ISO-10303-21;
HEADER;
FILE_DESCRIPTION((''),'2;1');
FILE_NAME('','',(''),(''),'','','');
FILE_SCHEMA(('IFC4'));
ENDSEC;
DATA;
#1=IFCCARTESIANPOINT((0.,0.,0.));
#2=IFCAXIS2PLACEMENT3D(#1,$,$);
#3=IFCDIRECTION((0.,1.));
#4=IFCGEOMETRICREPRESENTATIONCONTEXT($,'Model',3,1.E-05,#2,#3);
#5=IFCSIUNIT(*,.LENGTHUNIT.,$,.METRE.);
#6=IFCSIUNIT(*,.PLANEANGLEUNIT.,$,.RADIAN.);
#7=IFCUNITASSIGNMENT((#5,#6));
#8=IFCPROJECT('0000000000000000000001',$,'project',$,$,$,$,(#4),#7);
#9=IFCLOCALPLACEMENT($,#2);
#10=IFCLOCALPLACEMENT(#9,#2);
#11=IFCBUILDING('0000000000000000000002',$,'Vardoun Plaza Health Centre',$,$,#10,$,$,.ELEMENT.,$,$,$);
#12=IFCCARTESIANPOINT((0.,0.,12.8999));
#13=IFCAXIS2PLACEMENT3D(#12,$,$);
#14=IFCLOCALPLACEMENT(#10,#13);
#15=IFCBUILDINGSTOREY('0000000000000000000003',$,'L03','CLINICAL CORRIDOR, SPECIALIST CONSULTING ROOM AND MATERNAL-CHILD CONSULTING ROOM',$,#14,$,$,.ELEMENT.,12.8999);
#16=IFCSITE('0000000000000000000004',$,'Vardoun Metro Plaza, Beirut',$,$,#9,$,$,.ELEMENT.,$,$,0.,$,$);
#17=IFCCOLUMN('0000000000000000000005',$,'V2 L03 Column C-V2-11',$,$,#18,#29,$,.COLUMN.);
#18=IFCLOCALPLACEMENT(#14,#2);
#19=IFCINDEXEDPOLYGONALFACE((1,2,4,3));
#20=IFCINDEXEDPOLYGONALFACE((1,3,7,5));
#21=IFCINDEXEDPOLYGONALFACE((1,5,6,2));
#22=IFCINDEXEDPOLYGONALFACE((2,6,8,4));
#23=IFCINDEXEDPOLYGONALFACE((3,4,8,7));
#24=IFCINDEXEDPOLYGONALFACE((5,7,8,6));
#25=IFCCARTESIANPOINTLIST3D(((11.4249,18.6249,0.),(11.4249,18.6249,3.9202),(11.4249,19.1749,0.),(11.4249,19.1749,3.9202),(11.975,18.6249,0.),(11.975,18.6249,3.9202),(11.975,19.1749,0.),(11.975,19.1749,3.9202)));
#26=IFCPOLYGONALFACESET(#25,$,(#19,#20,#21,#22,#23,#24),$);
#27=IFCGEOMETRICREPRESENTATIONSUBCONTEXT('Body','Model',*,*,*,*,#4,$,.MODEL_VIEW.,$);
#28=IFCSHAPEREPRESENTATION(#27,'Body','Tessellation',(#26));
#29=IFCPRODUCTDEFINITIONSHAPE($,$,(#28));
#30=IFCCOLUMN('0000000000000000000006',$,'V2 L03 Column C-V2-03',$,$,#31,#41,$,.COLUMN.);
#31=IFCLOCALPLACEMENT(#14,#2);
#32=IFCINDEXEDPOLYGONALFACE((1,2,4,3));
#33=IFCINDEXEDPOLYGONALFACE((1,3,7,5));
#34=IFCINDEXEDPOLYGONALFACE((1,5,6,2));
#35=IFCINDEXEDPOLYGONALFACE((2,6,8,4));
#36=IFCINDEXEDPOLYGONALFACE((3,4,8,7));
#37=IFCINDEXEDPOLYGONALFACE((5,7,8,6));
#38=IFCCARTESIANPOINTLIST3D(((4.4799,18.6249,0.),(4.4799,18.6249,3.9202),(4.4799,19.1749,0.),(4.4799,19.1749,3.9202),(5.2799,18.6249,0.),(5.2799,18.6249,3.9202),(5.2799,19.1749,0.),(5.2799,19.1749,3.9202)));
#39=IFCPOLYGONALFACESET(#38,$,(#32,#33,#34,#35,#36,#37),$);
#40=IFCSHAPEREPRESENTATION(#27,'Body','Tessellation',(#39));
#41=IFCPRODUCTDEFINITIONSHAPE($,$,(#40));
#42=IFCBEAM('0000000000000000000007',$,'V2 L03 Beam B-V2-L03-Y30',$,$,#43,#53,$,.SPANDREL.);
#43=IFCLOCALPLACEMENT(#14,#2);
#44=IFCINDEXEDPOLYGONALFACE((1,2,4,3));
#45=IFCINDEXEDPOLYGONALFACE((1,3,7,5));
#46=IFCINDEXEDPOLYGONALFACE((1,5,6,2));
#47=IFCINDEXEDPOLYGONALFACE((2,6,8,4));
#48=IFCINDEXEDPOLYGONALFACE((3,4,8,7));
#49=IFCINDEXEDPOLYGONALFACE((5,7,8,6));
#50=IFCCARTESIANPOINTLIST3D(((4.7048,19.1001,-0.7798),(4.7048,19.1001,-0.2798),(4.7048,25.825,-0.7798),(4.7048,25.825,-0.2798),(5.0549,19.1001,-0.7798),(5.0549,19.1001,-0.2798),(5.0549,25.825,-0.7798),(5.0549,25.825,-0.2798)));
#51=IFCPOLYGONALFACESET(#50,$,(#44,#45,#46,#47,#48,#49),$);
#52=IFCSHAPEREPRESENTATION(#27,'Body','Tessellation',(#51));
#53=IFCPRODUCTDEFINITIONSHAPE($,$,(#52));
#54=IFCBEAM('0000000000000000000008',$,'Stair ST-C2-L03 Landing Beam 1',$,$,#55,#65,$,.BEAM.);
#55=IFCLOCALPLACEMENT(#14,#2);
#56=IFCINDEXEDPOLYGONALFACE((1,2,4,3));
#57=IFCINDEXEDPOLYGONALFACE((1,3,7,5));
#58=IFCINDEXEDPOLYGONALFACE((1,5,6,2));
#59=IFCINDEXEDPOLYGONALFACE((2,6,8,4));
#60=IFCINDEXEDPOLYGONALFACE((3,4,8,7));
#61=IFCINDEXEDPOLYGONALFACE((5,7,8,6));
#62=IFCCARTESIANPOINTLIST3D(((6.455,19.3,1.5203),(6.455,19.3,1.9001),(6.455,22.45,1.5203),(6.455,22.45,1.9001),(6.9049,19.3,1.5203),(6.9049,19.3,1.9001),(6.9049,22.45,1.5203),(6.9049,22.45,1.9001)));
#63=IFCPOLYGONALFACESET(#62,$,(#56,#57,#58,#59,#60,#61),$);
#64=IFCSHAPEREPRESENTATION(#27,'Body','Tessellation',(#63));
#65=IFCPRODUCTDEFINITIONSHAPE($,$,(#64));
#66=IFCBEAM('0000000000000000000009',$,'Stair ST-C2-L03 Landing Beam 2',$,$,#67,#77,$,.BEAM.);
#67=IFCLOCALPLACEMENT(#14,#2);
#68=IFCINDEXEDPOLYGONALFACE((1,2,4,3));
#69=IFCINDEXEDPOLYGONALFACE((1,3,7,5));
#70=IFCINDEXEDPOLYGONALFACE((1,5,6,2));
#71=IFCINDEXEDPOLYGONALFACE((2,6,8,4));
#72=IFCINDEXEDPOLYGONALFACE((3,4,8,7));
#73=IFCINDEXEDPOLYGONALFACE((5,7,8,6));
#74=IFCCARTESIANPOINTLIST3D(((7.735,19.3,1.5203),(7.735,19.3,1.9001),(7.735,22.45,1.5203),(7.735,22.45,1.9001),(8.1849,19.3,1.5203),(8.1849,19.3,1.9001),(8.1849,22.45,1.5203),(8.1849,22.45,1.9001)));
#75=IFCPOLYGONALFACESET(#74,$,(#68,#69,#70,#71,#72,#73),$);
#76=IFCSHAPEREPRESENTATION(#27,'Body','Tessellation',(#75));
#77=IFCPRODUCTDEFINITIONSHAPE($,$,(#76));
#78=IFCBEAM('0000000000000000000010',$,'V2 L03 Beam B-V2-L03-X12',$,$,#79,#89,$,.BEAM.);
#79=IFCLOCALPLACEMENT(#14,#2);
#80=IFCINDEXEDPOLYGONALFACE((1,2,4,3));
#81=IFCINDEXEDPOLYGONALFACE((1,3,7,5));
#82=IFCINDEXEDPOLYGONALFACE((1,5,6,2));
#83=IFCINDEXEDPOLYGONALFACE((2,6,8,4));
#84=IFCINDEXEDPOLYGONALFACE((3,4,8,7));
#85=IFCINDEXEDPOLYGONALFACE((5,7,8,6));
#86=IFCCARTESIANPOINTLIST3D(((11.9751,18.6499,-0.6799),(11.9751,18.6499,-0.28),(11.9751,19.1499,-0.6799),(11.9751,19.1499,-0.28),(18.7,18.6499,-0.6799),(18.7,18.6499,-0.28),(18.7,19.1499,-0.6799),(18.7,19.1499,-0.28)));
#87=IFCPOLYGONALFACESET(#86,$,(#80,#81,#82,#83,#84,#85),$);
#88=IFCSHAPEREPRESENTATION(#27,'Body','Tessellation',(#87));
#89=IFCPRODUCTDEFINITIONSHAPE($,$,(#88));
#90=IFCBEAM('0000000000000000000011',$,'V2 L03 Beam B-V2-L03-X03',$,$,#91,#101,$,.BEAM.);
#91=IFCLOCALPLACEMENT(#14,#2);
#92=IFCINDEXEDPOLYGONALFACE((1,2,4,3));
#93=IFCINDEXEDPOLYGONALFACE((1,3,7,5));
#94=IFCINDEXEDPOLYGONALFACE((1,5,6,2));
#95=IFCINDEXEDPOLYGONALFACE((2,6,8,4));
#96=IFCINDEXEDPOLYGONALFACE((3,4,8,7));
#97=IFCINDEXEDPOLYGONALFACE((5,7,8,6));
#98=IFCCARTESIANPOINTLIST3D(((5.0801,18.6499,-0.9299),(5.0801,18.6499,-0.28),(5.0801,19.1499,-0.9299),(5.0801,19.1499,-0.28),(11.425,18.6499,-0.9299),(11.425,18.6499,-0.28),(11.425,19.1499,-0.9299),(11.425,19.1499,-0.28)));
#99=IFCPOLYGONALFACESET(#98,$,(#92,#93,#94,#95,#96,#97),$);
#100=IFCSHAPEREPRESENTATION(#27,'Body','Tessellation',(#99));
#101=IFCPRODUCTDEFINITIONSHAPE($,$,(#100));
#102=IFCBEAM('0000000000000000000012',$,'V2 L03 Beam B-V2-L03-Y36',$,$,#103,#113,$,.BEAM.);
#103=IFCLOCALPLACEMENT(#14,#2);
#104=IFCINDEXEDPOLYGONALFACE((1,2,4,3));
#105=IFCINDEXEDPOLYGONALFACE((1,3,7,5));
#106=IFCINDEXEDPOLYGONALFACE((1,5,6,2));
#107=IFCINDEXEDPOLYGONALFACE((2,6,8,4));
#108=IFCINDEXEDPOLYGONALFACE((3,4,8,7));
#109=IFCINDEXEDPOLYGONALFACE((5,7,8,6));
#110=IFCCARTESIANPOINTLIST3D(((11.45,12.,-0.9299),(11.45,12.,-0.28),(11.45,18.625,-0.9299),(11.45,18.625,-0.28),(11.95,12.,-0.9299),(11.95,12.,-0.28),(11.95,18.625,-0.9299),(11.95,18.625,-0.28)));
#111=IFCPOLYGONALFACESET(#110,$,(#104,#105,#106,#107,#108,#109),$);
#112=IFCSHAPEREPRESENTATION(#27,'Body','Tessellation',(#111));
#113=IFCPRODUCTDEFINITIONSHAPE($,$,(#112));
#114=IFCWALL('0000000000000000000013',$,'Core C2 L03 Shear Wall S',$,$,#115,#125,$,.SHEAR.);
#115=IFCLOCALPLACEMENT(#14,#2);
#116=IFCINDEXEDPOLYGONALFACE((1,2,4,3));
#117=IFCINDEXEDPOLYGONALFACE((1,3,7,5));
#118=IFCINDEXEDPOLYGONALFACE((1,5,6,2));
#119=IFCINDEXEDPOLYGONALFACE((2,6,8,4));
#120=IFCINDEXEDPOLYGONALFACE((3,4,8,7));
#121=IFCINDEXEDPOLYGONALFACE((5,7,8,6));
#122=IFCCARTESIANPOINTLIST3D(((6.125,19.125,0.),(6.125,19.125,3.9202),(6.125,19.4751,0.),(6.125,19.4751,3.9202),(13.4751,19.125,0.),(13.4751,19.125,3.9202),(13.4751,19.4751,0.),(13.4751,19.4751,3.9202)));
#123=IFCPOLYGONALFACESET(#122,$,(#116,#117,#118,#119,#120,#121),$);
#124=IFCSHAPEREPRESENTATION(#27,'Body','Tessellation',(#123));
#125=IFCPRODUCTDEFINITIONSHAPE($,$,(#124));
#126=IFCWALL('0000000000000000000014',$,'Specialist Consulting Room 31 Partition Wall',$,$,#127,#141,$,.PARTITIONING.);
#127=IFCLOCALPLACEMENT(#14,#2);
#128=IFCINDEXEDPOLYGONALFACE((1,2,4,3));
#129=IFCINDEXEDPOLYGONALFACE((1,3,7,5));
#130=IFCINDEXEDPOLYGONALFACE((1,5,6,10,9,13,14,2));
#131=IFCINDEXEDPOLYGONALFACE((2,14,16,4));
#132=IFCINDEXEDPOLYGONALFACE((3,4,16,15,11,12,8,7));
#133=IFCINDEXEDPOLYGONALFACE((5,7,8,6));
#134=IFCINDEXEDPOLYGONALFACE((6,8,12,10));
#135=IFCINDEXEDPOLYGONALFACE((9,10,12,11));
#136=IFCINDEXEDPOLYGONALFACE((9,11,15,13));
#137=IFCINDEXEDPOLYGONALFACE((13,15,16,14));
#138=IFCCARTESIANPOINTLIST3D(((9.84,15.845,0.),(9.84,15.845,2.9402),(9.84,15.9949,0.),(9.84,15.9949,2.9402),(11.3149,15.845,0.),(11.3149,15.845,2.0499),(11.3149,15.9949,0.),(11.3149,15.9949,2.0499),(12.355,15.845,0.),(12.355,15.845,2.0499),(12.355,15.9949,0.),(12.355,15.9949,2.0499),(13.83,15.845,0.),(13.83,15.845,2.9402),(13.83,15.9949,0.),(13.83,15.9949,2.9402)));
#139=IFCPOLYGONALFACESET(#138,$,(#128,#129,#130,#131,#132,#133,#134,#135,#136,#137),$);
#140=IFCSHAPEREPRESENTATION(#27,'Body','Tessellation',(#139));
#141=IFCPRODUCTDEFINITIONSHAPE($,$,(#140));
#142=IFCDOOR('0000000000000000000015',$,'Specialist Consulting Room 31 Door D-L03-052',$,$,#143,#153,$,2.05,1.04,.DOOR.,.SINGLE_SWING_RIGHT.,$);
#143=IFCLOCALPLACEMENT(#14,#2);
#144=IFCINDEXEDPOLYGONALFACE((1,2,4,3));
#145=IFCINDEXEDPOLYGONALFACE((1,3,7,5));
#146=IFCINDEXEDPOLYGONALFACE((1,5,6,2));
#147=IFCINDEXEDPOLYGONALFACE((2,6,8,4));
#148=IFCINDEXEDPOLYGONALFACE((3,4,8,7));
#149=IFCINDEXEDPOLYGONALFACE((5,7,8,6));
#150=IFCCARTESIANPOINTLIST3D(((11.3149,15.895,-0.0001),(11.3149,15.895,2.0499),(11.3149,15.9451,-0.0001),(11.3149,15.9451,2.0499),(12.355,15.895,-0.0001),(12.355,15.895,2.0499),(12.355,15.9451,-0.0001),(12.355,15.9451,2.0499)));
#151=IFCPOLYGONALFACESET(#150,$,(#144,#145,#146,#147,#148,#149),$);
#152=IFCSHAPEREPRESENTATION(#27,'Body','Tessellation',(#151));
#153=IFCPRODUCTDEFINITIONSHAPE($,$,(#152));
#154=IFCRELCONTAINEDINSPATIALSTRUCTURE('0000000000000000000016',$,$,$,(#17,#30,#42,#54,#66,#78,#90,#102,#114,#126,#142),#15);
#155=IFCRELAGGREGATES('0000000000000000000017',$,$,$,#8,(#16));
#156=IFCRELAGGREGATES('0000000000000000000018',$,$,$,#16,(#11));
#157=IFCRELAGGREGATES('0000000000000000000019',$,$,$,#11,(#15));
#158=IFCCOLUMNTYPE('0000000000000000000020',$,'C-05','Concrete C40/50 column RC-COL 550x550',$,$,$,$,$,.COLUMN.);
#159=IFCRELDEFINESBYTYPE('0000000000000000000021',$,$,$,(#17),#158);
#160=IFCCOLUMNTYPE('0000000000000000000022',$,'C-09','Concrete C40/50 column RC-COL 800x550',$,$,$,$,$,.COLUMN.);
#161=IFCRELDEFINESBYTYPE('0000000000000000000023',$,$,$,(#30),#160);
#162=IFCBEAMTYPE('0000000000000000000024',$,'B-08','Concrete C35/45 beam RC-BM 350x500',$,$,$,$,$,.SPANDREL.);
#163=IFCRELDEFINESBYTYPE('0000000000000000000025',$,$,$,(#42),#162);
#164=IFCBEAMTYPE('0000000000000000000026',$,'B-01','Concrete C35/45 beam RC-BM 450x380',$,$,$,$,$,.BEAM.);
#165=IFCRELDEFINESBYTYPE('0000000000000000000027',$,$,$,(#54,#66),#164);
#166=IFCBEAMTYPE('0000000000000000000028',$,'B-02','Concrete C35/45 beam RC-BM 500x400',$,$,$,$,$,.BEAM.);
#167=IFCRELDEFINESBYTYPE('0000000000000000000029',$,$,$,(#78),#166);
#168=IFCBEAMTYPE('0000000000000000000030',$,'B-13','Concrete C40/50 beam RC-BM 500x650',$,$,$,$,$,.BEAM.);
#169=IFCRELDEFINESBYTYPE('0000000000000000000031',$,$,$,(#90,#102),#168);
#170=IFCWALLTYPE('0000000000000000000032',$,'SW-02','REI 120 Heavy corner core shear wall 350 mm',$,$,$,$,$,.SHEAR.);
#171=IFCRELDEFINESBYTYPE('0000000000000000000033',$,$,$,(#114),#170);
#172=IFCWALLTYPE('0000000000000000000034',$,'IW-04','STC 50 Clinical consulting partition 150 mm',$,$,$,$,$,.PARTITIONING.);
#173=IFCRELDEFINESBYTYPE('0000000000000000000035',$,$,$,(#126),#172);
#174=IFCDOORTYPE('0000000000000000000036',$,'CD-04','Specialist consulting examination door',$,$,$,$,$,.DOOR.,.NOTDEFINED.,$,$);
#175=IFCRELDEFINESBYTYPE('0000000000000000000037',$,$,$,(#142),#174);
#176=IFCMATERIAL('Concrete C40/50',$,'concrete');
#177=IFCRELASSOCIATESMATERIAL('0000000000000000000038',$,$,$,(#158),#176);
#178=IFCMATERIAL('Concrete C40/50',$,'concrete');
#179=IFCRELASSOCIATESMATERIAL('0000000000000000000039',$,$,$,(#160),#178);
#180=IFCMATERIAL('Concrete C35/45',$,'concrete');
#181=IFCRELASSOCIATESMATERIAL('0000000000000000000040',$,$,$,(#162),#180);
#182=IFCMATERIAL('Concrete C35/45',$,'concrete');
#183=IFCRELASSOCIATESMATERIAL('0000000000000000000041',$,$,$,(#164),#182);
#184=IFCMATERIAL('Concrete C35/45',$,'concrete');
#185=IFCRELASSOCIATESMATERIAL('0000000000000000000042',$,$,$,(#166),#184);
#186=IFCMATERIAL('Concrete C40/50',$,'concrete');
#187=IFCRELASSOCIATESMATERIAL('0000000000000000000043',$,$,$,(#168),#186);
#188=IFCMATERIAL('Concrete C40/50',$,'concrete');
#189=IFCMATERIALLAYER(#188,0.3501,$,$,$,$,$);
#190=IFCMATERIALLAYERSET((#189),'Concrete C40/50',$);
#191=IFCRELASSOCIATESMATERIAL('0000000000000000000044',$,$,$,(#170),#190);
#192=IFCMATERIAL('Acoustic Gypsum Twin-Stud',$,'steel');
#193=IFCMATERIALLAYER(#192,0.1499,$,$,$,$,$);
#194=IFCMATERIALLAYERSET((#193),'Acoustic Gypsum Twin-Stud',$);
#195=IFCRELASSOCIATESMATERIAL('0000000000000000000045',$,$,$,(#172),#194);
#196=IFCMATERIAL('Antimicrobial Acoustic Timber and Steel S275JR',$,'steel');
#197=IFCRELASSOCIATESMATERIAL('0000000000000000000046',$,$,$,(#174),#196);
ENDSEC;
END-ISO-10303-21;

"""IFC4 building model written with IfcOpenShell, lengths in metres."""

from ifc_helpers import new_model, si_unit, direction, frame, frame_2d, origin, origin_2d, place, context, subcontext, project, spatial, rectangle, extrude, material, layer, layer_set, material_profile, profile_set, type_object, element, fill, save


model = new_model("IFC4")

# Units and contexts
model_context = context("Model", 3, precision=1e-05, world=origin(), true_north=direction((0.0, 1.0)))
body_context = subcontext(model_context, "Body", "Model", "MODEL_VIEW")
ifc_project = project(units=[si_unit("LENGTHUNIT", "METRE"), si_unit("PLANEANGLEUNIT", "RADIAN")], contexts=[model_context])

# Site, building, storey
site_placement = place(None, origin())
site = spatial("IfcSite", under=ifc_project, at=site_placement, Name="Vardoun Metro Plaza, Beirut", CompositionType="ELEMENT", RefElevation=0.0)
building_placement = place(site_placement, origin())
building = spatial("IfcBuilding", under=site, at=building_placement, Name="Vardoun Plaza Health Centre", CompositionType="ELEMENT")
storey_placement = place(building_placement, frame((0.0, 0.0, 12.8999)))
storey = spatial("IfcBuildingStorey", under=building, at=storey_placement, Name="L03", Description="CLINICAL CORRIDOR, SPECIALIST CONSULTING ROOM AND MATERNAL-CHILD CONSULTING ROOM", CompositionType="ELEMENT", Elevation=12.8999)

# Columns
ifc_material_1 = material(Name="Concrete C40/50", Category="concrete")
ifc_material_profile_1 = material_profile(ifc_material_1, rectangle(XDim=0.55, YDim=0.55, at=origin_2d()), Name="RC-COL 550x550")
ifc_profile_set_1 = profile_set([ifc_material_profile_1], Name="Concrete C40/50")
column_type_1 = type_object("IfcColumnType", Name="C-05", Description="Concrete C40/50 column RC-COL 550x550", PredefinedType="COLUMN", material=ifc_profile_set_1)
column_1_placement = place(storey_placement, frame((11.7, 18.8999, 0.0), z_axis=(0.0, 0.0, 1.0), x_axis=(1.0, 0.0, 0.0)))
element("IfcColumn", 1, at=column_1_placement, inside=storey, type_object=column_type_1, Name="V2 L03 Column C-V2-11", PredefinedType="COLUMN", context=body_context, shape_type="SweptSolid", body=[
    extrude(rectangle(XDim=0.55, YDim=0.55, at=origin_2d()), origin(), (0.0, 0.0, 1.0), 3.9202),
])
ifc_material_2 = material(Name="Concrete C40/50", Category="concrete")
ifc_material_profile_2 = material_profile(ifc_material_2, rectangle(XDim=0.8, YDim=0.55, at=origin_2d()), Name="RC-COL 800x550")
ifc_profile_set_2 = profile_set([ifc_material_profile_2], Name="Concrete C40/50")
column_type_2 = type_object("IfcColumnType", Name="C-09", Description="Concrete C40/50 column RC-COL 800x550", PredefinedType="COLUMN", material=ifc_profile_set_2)
column_2_placement = place(storey_placement, frame((4.8799, 18.8999, 0.0), z_axis=(0.0, 0.0, 1.0), x_axis=(1.0, 0.0, 0.0)))
element("IfcColumn", 2, at=column_2_placement, inside=storey, type_object=column_type_2, Name="V2 L03 Column C-V2-03", PredefinedType="COLUMN", context=body_context, shape_type="SweptSolid", body=[
    extrude(rectangle(XDim=0.8, YDim=0.55, at=origin_2d()), origin(), (0.0, 0.0, 1.0), 3.9202),
])

# Beams
ifc_material_3 = material(Name="Concrete C35/45", Category="concrete")
ifc_material_profile_3 = material_profile(ifc_material_3, rectangle(XDim=0.3501, YDim=0.5, at=origin_2d()), Name="RC-BM 350x500")
ifc_profile_set_3 = profile_set([ifc_material_profile_3], Name="Concrete C35/45")
beam_type_1 = type_object("IfcBeamType", Name="B-08", Description="Concrete C35/45 beam RC-BM 350x500", PredefinedType="SPANDREL", material=ifc_profile_set_3)
beam_1_placement = place(storey_placement, frame((4.8799, 19.1001, -0.5298), z_axis=(0.0, 1.0, 0.0), x_axis=(-1.0, 0.0, 0.0)))
element("IfcBeam", 3, at=beam_1_placement, inside=storey, type_object=beam_type_1, Name="V2 L03 Beam B-V2-L03-Y30", PredefinedType="SPANDREL", context=body_context, shape_type="SweptSolid", body=[
    extrude(rectangle(XDim=0.3501, YDim=0.5, at=origin_2d()), origin(), (0.0, 0.0, 1.0), 6.7249),
])
ifc_material_4 = material(Name="Concrete C35/45", Category="concrete")
ifc_material_profile_4 = material_profile(ifc_material_4, rectangle(XDim=0.45, YDim=0.3799, at=origin_2d()), Name="RC-BM 450x380")
ifc_profile_set_4 = profile_set([ifc_material_profile_4], Name="Concrete C35/45")
beam_type_2 = type_object("IfcBeamType", Name="B-01", Description="Concrete C35/45 beam RC-BM 450x380", PredefinedType="BEAM", material=ifc_profile_set_4)
for number, where, z_axis, x_axis, name in (
    (4, (6.6799, 19.3, 1.7102), (0.0, 1.0, 0.0), (-1.0, 0.0, 0.0), "Stair ST-C2-L03 Landing Beam 1"),
    (5, (7.96, 19.3, 1.7102), (0.0, 1.0, 0.0), (-1.0, 0.0, 0.0), "Stair ST-C2-L03 Landing Beam 2"),
):
    element("IfcBeam", number, at=place(storey_placement, frame(where, z_axis=z_axis, x_axis=x_axis)), inside=storey, type_object=beam_type_2, Name=name, PredefinedType="BEAM", context=body_context, shape_type="SweptSolid", body=[
        extrude(rectangle(XDim=0.45, YDim=0.3799, at=origin_2d()), origin(), (0.0, 0.0, 1.0), 3.1499),
    ])
ifc_material_5 = material(Name="Concrete C35/45", Category="concrete")
ifc_material_profile_5 = material_profile(ifc_material_5, rectangle(XDim=0.5, YDim=0.3999, at=origin_2d()), Name="RC-BM 500x400")
ifc_profile_set_5 = profile_set([ifc_material_profile_5], Name="Concrete C35/45")
beam_type_3 = type_object("IfcBeamType", Name="B-02", Description="Concrete C35/45 beam RC-BM 500x400", PredefinedType="BEAM", material=ifc_profile_set_5)
beam_2_placement = place(storey_placement, frame((11.9751, 18.8999, -0.48), z_axis=(1.0, 0.0, 0.0), x_axis=(0.0, 1.0, 0.0)))
element("IfcBeam", 6, at=beam_2_placement, inside=storey, type_object=beam_type_3, Name="V2 L03 Beam B-V2-L03-X12", PredefinedType="BEAM", context=body_context, shape_type="SweptSolid", body=[
    extrude(rectangle(XDim=0.5, YDim=0.3999, at=origin_2d()), origin(), (0.0, 0.0, 1.0), 6.7249),
])
ifc_material_6 = material(Name="Concrete C40/50", Category="concrete")
ifc_material_profile_6 = material_profile(ifc_material_6, rectangle(XDim=0.5, YDim=0.6499, at=origin_2d()), Name="RC-BM 500x650")
ifc_profile_set_6 = profile_set([ifc_material_profile_6], Name="Concrete C40/50")
beam_type_4 = type_object("IfcBeamType", Name="B-13", Description="Concrete C40/50 beam RC-BM 500x650", PredefinedType="BEAM", material=ifc_profile_set_6)
beam_3_placement = place(storey_placement, frame((5.0801, 18.8999, -0.605), z_axis=(1.0, 0.0, 0.0), x_axis=(0.0, 1.0, 0.0)))
element("IfcBeam", 7, at=beam_3_placement, inside=storey, type_object=beam_type_4, Name="V2 L03 Beam B-V2-L03-X03", PredefinedType="BEAM", context=body_context, shape_type="SweptSolid", body=[
    extrude(rectangle(XDim=0.5, YDim=0.6499, at=origin_2d()), origin(), (0.0, 0.0, 1.0), 6.345),
])
beam_4_placement = place(storey_placement, frame((11.7, 12.0, -0.605), z_axis=(0.0, 1.0, 0.0), x_axis=(-1.0, 0.0, 0.0)))
element("IfcBeam", 8, at=beam_4_placement, inside=storey, type_object=beam_type_4, Name="V2 L03 Beam B-V2-L03-Y36", PredefinedType="BEAM", context=body_context, shape_type="SweptSolid", body=[
    extrude(rectangle(XDim=0.5, YDim=0.6499, at=origin_2d()), origin(), (0.0, 0.0, 1.0), 6.625),
])

# Wall
ifc_material_7 = material(Name="Concrete C40/50", Category="concrete")
ifc_layer_1 = layer(ifc_material_7, 0.3501)
ifc_layer_set_1 = layer_set([ifc_layer_1], Name="Concrete C40/50")
wall_type_1 = type_object("IfcWallType", Name="SW-02", Description="REI 120 Heavy corner core shear wall 350 mm", PredefinedType="SHEAR", material=ifc_layer_set_1)
wall_1_placement = place(storey_placement, frame((13.4751, 19.3, 0.0), z_axis=(0.0, 0.0, 1.0), x_axis=(-1.0, 0.0, 0.0)))
element("IfcWall", 9, at=wall_1_placement, inside=storey, type_object=wall_type_1, Name="Core C2 L03 Shear Wall S", PredefinedType="SHEAR", context=body_context, shape_type="SweptSolid", body=[
    extrude(rectangle(XDim=7.3501, YDim=0.3501, at=frame_2d((3.675, 0.0))), origin(), (0.0, 0.0, 1.0), 3.9202),
])

# Wall, opening, door
ifc_material_8 = material(Name="Acoustic Gypsum Twin-Stud", Category="steel")
ifc_layer_2 = layer(ifc_material_8, 0.1499)
ifc_layer_set_2 = layer_set([ifc_layer_2], Name="Acoustic Gypsum Twin-Stud")
wall_type_2 = type_object("IfcWallType", Name="IW-04", Description="STC 50 Clinical consulting partition 150 mm", PredefinedType="PARTITIONING", material=ifc_layer_set_2)
wall_2_placement = place(storey_placement, frame((13.8301, 15.9199, 0.0), z_axis=(0.0, 0.0, 1.0), x_axis=(-1.0, 0.0, 0.0)))
wall_2 = element("IfcWall", 10, at=wall_2_placement, inside=storey, type_object=wall_type_2, Name="Specialist Consulting Room 31 Partition Wall", PredefinedType="PARTITIONING", context=body_context, shape_type="SweptSolid", body=[
    extrude(rectangle(XDim=3.99, YDim=0.1499, at=frame_2d((1.9951, 0.0))), origin(), (0.0, 0.0, 1.0), 2.9402),
])
opening_1_placement = place(wall_2_placement, frame((1.4751, 0.0, 0.0)))
opening_1 = element("IfcOpeningElement", 11, at=opening_1_placement, cuts=wall_2, PredefinedType="OPENING", context=body_context, shape_type="SweptSolid", body=[
    extrude(rectangle(XDim=1.04, YDim=2.05, at=frame_2d((0.52, 1.0249))), frame((0.0, 0.075, 0.0), z_axis=(0.0, -1.0, 0.0), x_axis=(1.0, 0.0, 0.0)), (0.0, 0.0, 1.0), 0.1499),
])
ifc_material_9 = material(Name="Antimicrobial Acoustic Timber and Steel S275JR", Category="steel")
door_type_1 = type_object("IfcDoorType", Name="CD-04", Description="Specialist consulting examination door", OperationType="NOTDEFINED", PredefinedType="DOOR", material=ifc_material_9)
door_1_placement = place(opening_1_placement, origin())
door_1 = element("IfcDoor", 12, at=door_1_placement, inside=storey, type_object=door_type_1, Name="Specialist Consulting Room 31 Door D-L03-052", OperationType="SINGLE_SWING_RIGHT", OverallHeight=2.05, OverallWidth=1.04, PredefinedType="DOOR", context=body_context, shape_type="SweptSolid", body=[
    extrude(rectangle(XDim=1.04, YDim=2.05, at=frame_2d((0.52, 1.0249))), frame((0.0, 0.0249, 0.0), z_axis=(0.0, -1.0, 0.0), x_axis=(1.0, 0.0, 0.0)), (0.0, 0.0, 1.0), 0.05),
])
fill(opening_1, door_1)

save(model, "model.ifc")
